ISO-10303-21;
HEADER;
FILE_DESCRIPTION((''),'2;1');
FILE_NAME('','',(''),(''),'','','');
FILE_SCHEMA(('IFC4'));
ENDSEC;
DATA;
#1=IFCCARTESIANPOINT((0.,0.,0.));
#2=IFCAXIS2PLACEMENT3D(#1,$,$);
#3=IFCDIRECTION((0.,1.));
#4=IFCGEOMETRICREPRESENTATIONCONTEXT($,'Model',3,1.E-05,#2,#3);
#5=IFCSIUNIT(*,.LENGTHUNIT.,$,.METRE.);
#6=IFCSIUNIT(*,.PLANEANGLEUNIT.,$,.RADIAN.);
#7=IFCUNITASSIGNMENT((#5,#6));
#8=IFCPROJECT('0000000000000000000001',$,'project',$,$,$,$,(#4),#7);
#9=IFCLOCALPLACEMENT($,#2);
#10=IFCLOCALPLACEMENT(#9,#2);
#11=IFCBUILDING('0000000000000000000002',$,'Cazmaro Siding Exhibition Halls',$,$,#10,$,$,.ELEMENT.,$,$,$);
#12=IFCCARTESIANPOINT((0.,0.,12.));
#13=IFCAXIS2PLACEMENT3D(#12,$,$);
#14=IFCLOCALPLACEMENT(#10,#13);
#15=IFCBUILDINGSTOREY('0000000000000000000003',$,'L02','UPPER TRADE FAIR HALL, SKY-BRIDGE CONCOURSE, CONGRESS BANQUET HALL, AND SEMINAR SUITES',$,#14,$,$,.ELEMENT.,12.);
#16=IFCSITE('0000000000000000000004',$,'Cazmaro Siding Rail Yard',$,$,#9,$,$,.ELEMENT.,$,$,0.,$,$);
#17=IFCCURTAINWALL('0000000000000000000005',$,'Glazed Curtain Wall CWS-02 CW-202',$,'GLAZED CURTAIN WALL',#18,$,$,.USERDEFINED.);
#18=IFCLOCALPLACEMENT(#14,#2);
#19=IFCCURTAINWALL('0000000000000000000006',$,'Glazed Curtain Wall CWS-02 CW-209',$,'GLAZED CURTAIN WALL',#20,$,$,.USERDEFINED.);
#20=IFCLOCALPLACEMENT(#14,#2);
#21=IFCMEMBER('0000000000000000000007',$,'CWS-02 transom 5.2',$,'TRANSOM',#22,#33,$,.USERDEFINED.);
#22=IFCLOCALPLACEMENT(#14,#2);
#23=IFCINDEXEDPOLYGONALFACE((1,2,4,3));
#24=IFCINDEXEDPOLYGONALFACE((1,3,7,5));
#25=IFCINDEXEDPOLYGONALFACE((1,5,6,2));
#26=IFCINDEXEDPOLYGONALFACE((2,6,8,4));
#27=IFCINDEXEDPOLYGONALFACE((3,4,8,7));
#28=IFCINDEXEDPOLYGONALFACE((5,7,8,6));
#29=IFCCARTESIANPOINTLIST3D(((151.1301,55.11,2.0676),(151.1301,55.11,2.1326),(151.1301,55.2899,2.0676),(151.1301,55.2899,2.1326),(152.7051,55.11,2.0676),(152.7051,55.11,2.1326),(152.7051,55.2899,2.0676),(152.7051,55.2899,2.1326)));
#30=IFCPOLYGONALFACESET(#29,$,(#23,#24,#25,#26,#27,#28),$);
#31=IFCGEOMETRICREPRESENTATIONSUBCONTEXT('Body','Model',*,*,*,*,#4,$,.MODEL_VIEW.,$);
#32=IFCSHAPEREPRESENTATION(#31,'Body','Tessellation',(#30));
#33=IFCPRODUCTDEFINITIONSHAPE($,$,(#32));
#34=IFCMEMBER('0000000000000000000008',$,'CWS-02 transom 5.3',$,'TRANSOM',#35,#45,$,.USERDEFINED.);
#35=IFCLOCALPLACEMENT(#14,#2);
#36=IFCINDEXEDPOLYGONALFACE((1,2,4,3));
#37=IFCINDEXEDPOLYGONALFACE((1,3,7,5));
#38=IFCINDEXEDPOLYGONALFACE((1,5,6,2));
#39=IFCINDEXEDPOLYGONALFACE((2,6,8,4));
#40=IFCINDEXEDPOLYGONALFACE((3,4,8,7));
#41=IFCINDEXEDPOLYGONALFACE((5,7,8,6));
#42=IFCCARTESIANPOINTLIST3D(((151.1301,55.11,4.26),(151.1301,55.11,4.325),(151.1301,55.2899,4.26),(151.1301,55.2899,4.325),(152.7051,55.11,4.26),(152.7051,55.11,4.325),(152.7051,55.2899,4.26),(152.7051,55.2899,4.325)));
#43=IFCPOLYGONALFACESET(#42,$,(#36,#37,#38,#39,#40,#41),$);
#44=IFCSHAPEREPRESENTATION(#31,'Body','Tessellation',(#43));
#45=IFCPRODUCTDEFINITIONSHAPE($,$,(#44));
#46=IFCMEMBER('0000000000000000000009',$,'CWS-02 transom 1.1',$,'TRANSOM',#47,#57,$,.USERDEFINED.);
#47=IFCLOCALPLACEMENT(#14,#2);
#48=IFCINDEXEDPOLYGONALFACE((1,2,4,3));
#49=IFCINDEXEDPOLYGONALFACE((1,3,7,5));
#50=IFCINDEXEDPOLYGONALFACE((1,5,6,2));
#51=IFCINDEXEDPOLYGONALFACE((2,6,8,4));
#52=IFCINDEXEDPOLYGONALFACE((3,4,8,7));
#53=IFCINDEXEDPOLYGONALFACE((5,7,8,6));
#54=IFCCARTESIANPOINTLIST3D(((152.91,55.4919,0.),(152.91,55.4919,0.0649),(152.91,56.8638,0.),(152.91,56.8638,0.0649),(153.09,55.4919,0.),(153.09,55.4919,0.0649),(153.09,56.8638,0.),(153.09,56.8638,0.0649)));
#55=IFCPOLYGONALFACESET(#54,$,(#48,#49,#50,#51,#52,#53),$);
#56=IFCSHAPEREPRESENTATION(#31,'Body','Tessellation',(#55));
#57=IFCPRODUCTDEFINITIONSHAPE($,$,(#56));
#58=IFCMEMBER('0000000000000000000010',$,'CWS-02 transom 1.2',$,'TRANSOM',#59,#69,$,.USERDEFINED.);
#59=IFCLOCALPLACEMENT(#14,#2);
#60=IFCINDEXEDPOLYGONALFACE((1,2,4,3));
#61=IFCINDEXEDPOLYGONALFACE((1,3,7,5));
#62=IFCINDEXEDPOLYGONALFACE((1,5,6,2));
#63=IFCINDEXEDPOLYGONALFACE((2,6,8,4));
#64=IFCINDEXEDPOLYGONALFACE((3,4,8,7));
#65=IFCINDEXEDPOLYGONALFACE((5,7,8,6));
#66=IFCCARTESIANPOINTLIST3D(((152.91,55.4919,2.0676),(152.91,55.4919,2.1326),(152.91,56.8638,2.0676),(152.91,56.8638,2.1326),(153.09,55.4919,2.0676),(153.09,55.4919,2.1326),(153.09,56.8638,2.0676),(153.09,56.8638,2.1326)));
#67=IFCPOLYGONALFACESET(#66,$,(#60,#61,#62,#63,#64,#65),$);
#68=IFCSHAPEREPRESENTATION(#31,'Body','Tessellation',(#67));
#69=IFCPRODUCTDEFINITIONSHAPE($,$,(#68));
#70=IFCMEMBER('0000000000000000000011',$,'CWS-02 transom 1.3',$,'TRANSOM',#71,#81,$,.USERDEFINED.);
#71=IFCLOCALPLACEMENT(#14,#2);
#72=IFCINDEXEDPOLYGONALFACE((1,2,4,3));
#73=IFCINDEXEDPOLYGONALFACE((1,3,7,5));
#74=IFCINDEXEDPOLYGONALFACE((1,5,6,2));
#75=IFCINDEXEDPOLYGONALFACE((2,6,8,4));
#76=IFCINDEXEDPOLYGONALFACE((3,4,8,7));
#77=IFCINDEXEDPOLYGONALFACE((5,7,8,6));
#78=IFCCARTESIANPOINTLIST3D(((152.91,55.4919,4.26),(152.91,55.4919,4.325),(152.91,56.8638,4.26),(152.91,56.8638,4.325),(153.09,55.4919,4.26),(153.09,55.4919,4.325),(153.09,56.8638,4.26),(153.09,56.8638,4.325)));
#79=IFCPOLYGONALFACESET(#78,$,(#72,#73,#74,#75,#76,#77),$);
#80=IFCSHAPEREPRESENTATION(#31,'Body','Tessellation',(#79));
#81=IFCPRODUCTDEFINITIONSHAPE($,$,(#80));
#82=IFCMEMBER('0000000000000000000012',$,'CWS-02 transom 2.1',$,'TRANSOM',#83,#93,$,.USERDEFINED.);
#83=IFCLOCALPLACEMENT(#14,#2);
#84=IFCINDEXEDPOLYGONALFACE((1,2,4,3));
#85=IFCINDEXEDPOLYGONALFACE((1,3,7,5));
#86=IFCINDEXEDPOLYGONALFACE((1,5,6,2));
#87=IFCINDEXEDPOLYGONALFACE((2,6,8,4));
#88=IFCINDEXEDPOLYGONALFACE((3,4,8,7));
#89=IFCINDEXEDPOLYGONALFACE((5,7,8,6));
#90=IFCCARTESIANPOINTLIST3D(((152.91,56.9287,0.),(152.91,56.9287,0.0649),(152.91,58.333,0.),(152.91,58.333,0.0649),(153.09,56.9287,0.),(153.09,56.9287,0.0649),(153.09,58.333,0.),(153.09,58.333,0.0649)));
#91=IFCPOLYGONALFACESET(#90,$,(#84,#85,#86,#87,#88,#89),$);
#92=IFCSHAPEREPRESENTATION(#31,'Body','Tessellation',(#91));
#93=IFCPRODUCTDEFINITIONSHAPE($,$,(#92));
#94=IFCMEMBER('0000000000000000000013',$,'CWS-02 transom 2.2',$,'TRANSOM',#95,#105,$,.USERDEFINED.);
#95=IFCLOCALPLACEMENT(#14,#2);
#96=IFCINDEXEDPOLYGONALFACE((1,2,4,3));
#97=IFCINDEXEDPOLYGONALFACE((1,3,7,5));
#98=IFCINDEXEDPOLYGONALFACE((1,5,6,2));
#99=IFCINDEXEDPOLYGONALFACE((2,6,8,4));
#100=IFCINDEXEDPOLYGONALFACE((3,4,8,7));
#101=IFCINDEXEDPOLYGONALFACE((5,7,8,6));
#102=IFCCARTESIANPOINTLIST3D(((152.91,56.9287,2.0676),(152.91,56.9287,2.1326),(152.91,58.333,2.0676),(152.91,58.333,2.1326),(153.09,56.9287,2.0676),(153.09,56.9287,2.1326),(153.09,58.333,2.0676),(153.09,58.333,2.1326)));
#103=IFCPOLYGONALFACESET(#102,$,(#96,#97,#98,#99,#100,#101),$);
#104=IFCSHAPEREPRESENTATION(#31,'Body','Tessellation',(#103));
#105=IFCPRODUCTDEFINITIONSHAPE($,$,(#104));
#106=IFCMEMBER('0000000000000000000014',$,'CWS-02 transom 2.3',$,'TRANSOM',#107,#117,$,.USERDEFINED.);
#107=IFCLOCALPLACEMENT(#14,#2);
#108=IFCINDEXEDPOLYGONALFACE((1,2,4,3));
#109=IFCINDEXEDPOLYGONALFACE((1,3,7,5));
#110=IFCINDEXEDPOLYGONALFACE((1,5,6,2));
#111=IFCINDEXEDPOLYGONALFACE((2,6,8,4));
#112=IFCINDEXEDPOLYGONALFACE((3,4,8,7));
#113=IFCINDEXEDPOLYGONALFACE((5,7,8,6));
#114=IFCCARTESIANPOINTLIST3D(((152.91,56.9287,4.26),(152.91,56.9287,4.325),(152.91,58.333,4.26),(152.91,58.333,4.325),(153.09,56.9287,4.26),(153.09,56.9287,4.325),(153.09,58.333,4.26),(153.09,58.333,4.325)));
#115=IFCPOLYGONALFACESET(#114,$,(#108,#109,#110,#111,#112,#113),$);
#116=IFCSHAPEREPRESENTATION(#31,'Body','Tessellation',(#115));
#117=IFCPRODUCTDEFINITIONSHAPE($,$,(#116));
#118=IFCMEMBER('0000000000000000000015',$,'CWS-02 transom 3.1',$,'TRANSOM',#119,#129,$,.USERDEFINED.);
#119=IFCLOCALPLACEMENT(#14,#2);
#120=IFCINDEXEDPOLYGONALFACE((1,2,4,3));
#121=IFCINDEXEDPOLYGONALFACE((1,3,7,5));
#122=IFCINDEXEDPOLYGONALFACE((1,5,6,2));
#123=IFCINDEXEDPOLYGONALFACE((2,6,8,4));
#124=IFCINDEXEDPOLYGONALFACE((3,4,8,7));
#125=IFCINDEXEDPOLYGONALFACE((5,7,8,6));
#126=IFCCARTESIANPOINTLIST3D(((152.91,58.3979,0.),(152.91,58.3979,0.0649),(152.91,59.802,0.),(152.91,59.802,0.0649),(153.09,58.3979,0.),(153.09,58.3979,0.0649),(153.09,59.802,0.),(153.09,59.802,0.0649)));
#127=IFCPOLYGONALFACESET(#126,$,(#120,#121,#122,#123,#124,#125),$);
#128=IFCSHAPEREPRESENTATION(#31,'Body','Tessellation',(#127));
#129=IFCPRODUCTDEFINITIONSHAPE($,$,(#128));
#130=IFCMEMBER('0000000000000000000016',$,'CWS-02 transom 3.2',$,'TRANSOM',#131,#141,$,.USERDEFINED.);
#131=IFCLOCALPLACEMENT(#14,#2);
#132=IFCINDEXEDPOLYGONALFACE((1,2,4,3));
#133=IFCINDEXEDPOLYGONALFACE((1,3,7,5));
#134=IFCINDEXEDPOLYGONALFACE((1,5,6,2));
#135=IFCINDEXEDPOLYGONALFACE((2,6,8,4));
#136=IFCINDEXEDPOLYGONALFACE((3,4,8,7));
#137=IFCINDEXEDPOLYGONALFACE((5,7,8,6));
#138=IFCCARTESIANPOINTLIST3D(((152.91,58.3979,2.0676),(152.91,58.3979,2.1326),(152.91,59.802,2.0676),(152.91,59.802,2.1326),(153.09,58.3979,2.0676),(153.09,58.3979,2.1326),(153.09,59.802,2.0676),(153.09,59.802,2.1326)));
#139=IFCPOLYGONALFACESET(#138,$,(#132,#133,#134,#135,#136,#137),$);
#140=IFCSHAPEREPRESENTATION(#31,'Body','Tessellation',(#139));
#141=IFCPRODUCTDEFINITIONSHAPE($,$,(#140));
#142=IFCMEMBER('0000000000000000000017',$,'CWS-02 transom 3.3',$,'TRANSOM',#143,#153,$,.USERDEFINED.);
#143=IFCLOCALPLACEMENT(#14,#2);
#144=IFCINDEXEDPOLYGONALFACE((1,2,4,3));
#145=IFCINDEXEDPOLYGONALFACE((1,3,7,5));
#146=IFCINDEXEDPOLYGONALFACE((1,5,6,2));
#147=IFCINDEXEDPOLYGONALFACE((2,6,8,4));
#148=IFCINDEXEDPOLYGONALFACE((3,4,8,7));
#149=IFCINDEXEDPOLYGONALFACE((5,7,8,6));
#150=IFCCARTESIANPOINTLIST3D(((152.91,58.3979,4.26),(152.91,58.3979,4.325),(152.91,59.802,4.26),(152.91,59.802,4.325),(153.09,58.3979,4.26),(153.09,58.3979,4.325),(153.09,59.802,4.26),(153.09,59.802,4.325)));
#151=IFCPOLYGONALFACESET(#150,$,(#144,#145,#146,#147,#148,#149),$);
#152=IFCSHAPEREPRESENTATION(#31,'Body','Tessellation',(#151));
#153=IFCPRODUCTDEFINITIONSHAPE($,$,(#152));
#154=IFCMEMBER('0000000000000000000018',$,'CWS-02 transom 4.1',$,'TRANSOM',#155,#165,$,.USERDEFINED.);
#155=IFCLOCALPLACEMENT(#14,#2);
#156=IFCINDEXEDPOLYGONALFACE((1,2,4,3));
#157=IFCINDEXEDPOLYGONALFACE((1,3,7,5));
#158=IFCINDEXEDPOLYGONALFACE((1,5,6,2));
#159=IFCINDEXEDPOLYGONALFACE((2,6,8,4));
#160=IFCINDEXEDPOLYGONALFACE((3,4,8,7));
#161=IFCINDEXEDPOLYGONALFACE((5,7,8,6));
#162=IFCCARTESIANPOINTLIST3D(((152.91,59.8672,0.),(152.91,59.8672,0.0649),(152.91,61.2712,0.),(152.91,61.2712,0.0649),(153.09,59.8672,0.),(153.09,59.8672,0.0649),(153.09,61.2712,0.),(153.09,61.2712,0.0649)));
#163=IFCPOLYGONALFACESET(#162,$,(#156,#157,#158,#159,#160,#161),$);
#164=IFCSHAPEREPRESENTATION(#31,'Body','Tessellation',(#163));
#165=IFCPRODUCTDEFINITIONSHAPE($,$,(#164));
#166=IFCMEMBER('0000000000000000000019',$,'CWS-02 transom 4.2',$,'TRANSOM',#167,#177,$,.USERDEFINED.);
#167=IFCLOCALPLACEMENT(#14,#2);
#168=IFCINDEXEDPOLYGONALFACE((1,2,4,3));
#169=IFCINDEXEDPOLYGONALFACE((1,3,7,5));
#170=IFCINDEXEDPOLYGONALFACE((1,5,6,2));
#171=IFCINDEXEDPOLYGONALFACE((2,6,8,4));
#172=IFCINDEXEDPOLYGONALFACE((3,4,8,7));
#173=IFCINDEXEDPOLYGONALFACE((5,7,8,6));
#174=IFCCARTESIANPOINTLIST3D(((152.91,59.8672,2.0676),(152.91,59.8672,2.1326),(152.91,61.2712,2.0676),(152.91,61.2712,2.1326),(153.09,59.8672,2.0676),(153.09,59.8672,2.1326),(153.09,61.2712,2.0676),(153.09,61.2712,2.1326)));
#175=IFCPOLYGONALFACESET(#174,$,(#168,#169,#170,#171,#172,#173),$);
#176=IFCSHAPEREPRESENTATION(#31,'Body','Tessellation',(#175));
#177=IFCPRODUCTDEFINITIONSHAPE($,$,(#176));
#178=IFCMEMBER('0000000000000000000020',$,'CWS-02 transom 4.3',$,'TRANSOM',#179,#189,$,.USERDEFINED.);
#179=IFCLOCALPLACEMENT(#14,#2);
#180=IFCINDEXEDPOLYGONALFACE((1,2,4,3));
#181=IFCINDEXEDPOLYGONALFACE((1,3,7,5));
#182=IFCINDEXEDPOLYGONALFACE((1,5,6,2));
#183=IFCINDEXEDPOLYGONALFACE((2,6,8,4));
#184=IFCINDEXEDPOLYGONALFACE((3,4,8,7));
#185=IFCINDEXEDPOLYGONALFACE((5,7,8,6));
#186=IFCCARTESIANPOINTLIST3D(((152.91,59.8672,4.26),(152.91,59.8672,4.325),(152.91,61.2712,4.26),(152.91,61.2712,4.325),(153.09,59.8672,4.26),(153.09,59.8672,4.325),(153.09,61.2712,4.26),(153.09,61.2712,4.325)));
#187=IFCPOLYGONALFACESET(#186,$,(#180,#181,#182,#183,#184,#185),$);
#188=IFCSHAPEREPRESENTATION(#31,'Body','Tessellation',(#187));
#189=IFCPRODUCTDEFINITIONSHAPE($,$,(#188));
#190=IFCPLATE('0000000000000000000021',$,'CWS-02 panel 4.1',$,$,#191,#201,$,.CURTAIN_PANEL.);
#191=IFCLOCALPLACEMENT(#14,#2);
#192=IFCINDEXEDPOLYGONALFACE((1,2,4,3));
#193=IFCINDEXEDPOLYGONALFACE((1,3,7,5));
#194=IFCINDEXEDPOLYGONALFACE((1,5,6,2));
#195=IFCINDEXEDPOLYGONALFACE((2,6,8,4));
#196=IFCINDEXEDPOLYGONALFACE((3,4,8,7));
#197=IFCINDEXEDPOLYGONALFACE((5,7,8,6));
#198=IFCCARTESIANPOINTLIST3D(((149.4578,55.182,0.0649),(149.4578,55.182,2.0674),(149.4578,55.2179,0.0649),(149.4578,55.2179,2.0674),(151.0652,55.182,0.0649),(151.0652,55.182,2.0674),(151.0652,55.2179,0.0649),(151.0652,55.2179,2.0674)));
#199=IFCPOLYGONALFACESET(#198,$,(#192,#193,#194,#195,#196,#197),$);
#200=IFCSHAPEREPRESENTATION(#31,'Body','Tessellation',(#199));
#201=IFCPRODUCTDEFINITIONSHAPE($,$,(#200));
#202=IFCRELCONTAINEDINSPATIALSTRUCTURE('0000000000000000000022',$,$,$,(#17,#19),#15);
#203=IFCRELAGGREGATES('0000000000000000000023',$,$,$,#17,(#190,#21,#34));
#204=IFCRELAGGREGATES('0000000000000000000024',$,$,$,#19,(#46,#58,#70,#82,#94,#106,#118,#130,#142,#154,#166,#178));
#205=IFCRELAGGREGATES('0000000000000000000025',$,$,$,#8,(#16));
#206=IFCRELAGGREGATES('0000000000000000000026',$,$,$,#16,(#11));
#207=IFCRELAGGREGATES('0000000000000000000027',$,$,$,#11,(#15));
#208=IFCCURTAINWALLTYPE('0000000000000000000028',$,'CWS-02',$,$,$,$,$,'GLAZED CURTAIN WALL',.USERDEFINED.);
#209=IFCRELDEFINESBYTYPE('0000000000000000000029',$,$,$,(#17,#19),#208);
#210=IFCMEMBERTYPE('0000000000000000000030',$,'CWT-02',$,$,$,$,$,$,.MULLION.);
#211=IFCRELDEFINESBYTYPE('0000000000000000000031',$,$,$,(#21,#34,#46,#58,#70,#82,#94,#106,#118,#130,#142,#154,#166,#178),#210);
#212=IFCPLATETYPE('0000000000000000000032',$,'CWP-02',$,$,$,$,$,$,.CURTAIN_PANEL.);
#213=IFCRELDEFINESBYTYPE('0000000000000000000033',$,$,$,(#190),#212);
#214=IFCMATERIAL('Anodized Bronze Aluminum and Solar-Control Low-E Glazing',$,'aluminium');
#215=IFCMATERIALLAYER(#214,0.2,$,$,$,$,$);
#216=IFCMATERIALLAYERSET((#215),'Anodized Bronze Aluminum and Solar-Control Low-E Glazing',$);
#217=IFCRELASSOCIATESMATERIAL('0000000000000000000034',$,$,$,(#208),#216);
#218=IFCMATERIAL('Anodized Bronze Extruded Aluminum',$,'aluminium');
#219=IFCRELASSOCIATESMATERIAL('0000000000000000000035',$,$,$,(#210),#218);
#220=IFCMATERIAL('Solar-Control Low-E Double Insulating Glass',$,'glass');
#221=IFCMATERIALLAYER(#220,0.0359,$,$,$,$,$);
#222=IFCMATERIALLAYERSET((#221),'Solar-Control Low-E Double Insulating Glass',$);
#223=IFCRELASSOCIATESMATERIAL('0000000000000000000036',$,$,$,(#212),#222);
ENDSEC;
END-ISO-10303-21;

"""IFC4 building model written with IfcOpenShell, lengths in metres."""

from ifc_helpers import new_model, si_unit, direction, frame, origin, origin_2d, place, context, subcontext, project, spatial, rectangle, extrude, material, layer, layer_set, material_profile, profile_set, type_object, element, aggregate, save


model = new_model("IFC4")

# Units and contexts
model_context = context("Model", 3, precision=1e-05, world=origin(), true_north=direction((0.0, 1.0)))
body_context = subcontext(model_context, "Body", "Model", "MODEL_VIEW")
ifc_project = project(units=[si_unit("LENGTHUNIT", "METRE"), si_unit("PLANEANGLEUNIT", "RADIAN")], contexts=[model_context])

# Site, building, storey
site_placement = place(None, origin())
site = spatial("IfcSite", under=ifc_project, at=site_placement, Name="Cazmaro Siding Rail Yard", CompositionType="ELEMENT", RefElevation=0.0)
building_placement = place(site_placement, origin())
building = spatial("IfcBuilding", under=site, at=building_placement, Name="Cazmaro Siding Exhibition Halls", CompositionType="ELEMENT")
storey_placement = place(building_placement, frame((0.0, 0.0, 12.0)))
storey = spatial("IfcBuildingStorey", under=building, at=storey_placement, Name="L02", Description="UPPER TRADE FAIR HALL, SKY-BRIDGE CONCOURSE, CONGRESS BANQUET HALL, AND SEMINAR SUITES", CompositionType="ELEMENT", Elevation=12.0)

# Curtain walls
ifc_material_1 = material(Name="Anodized Bronze Aluminum and Solar-Control Low-E Glazing", Category="aluminium")
ifc_layer_1 = layer(ifc_material_1, 0.2)
ifc_layer_set_1 = layer_set([ifc_layer_1], Name="Anodized Bronze Aluminum and Solar-Control Low-E Glazing")
curtain_wall_type = type_object("IfcCurtainWallType", Name="CWS-02", ElementType="GLAZED CURTAIN WALL", PredefinedType="USERDEFINED", material=ifc_layer_set_1)
curtain_wall_1_placement = place(storey_placement, origin())
curtain_wall_1 = element("IfcCurtainWall", 1, at=curtain_wall_1_placement, inside=storey, type_object=curtain_wall_type, Name="Glazed Curtain Wall CWS-02 CW-202", ObjectType="GLAZED CURTAIN WALL", PredefinedType="USERDEFINED")
curtain_wall_2_placement = place(storey_placement, origin())
curtain_wall_2 = element("IfcCurtainWall", 2, at=curtain_wall_2_placement, inside=storey, type_object=curtain_wall_type, Name="Glazed Curtain Wall CWS-02 CW-209", ObjectType="GLAZED CURTAIN WALL", PredefinedType="USERDEFINED")

# Members
ifc_material_2 = material(Name="Anodized Bronze Extruded Aluminum", Category="aluminium")
ifc_material_profile_1 = material_profile(ifc_material_2, rectangle(XDim=0.1799, YDim=0.0649, at=origin_2d()), Name="CWT-02")
ifc_profile_set_1 = profile_set([ifc_material_profile_1], Name="Anodized Bronze Extruded Aluminum")
member_type_1 = type_object("IfcMemberType", Name="CWT-02", PredefinedType="MULLION", material=ifc_profile_set_1)
member_1_placement = place(storey_placement, frame((151.1301, 55.2, 2.1001), z_axis=(1.0, 0.0, 0.0), x_axis=(0.0, 1.0, 0.0)))
member_1 = element("IfcMember", 3, at=member_1_placement, type_object=member_type_1, Name="CWS-02 transom 5.2", ObjectType="TRANSOM", PredefinedType="USERDEFINED", context=body_context, shape_type="SweptSolid", body=[
    extrude(rectangle(XDim=0.1799, YDim=0.0649, at=origin_2d()), origin(), (0.0, 0.0, 1.0), 1.575),
])
member_2_placement = place(storey_placement, frame((151.1301, 55.2, 4.2925), z_axis=(1.0, 0.0, 0.0), x_axis=(0.0, 1.0, 0.0)))
member_2 = element("IfcMember", 4, at=member_2_placement, type_object=member_type_1, Name="CWS-02 transom 5.3", ObjectType="TRANSOM", PredefinedType="USERDEFINED", context=body_context, shape_type="SweptSolid", body=[
    extrude(rectangle(XDim=0.1799, YDim=0.0649, at=origin_2d()), origin(), (0.0, 0.0, 1.0), 1.575),
])
member_3_placement = place(storey_placement, frame((153.0, 55.4919, 0.0325), z_axis=(0.0, 1.0, 0.0), x_axis=(-1.0, 0.0, 0.0)))
member_3 = element("IfcMember", 5, at=member_3_placement, type_object=member_type_1, Name="CWS-02 transom 1.1", ObjectType="TRANSOM", PredefinedType="USERDEFINED", context=body_context, shape_type="SweptSolid", body=[
    extrude(rectangle(XDim=0.1799, YDim=0.0649, at=origin_2d()), origin(), (0.0, 0.0, 1.0), 1.3718),
])
member_4_placement = place(storey_placement, frame((153.0, 55.4919, 2.1001), z_axis=(0.0, 1.0, 0.0), x_axis=(-1.0, 0.0, 0.0)))
member_4 = element("IfcMember", 6, at=member_4_placement, type_object=member_type_1, Name="CWS-02 transom 1.2", ObjectType="TRANSOM", PredefinedType="USERDEFINED", context=body_context, shape_type="SweptSolid", body=[
    extrude(rectangle(XDim=0.1799, YDim=0.0649, at=origin_2d()), origin(), (0.0, 0.0, 1.0), 1.3718),
])
member_5_placement = place(storey_placement, frame((153.0, 55.4919, 4.2925), z_axis=(0.0, 1.0, 0.0), x_axis=(-1.0, 0.0, 0.0)))
member_5 = element("IfcMember", 7, at=member_5_placement, type_object=member_type_1, Name="CWS-02 transom 1.3", ObjectType="TRANSOM", PredefinedType="USERDEFINED", context=body_context, shape_type="SweptSolid", body=[
    extrude(rectangle(XDim=0.1799, YDim=0.0649, at=origin_2d()), origin(), (0.0, 0.0, 1.0), 1.3718),
])
member_6_placement = place(storey_placement, frame((153.0, 56.9287, 0.0325), z_axis=(0.0, 1.0, 0.0), x_axis=(-1.0, 0.0, 0.0)))
member_6 = element("IfcMember", 8, at=member_6_placement, type_object=member_type_1, Name="CWS-02 transom 2.1", ObjectType="TRANSOM", PredefinedType="USERDEFINED", context=body_context, shape_type="SweptSolid", body=[
    extrude(rectangle(XDim=0.1799, YDim=0.0649, at=origin_2d()), origin(), (0.0, 0.0, 1.0), 1.4043),
])
member_7_placement = place(storey_placement, frame((153.0, 56.9287, 2.1001), z_axis=(0.0, 1.0, 0.0), x_axis=(-1.0, 0.0, 0.0)))
member_7 = element("IfcMember", 9, at=member_7_placement, type_object=member_type_1, Name="CWS-02 transom 2.2", ObjectType="TRANSOM", PredefinedType="USERDEFINED", context=body_context, shape_type="SweptSolid", body=[
    extrude(rectangle(XDim=0.1799, YDim=0.0649, at=origin_2d()), origin(), (0.0, 0.0, 1.0), 1.4043),
])
member_8_placement = place(storey_placement, frame((153.0, 56.9287, 4.2925), z_axis=(0.0, 1.0, 0.0), x_axis=(-1.0, 0.0, 0.0)))
member_8 = element("IfcMember", 10, at=member_8_placement, type_object=member_type_1, Name="CWS-02 transom 2.3", ObjectType="TRANSOM", PredefinedType="USERDEFINED", context=body_context, shape_type="SweptSolid", body=[
    extrude(rectangle(XDim=0.1799, YDim=0.0649, at=origin_2d()), origin(), (0.0, 0.0, 1.0), 1.4043),
])
member_9_placement = place(storey_placement, frame((153.0, 58.3979, 0.0325), z_axis=(0.0, 1.0, 0.0), x_axis=(-1.0, 0.0, 0.0)))
member_9 = element("IfcMember", 11, at=member_9_placement, type_object=member_type_1, Name="CWS-02 transom 3.1", ObjectType="TRANSOM", PredefinedType="USERDEFINED", context=body_context, shape_type="SweptSolid", body=[
    extrude(rectangle(XDim=0.1799, YDim=0.0649, at=origin_2d()), origin(), (0.0, 0.0, 1.0), 1.4041),
])
member_10_placement = place(storey_placement, frame((153.0, 58.3979, 2.1001), z_axis=(0.0, 1.0, 0.0), x_axis=(-1.0, 0.0, 0.0)))
member_10 = element("IfcMember", 12, at=member_10_placement, type_object=member_type_1, Name="CWS-02 transom 3.2", ObjectType="TRANSOM", PredefinedType="USERDEFINED", context=body_context, shape_type="SweptSolid", body=[
    extrude(rectangle(XDim=0.1799, YDim=0.0649, at=origin_2d()), origin(), (0.0, 0.0, 1.0), 1.4041),
])
member_11_placement = place(storey_placement, frame((153.0, 58.3979, 4.2925), z_axis=(0.0, 1.0, 0.0), x_axis=(-1.0, 0.0, 0.0)))
member_11 = element("IfcMember", 13, at=member_11_placement, type_object=member_type_1, Name="CWS-02 transom 3.3", ObjectType="TRANSOM", PredefinedType="USERDEFINED", context=body_context, shape_type="SweptSolid", body=[
    extrude(rectangle(XDim=0.1799, YDim=0.0649, at=origin_2d()), origin(), (0.0, 0.0, 1.0), 1.4041),
])
member_12_placement = place(storey_placement, frame((153.0, 59.8672, 0.0325), z_axis=(0.0, 1.0, 0.0), x_axis=(-1.0, 0.0, 0.0)))
member_12 = element("IfcMember", 14, at=member_12_placement, type_object=member_type_1, Name="CWS-02 transom 4.1", ObjectType="TRANSOM", PredefinedType="USERDEFINED", context=body_context, shape_type="SweptSolid", body=[
    extrude(rectangle(XDim=0.1799, YDim=0.0649, at=origin_2d()), origin(), (0.0, 0.0, 1.0), 1.4041),
])
member_13_placement = place(storey_placement, frame((153.0, 59.8672, 2.1001), z_axis=(0.0, 1.0, 0.0), x_axis=(-1.0, 0.0, 0.0)))
member_13 = element("IfcMember", 15, at=member_13_placement, type_object=member_type_1, Name="CWS-02 transom 4.2", ObjectType="TRANSOM", PredefinedType="USERDEFINED", context=body_context, shape_type="SweptSolid", body=[
    extrude(rectangle(XDim=0.1799, YDim=0.0649, at=origin_2d()), origin(), (0.0, 0.0, 1.0), 1.4041),
])
member_14_placement = place(storey_placement, frame((153.0, 59.8672, 4.2925), z_axis=(0.0, 1.0, 0.0), x_axis=(-1.0, 0.0, 0.0)))
member_14 = element("IfcMember", 16, at=member_14_placement, type_object=member_type_1, Name="CWS-02 transom 4.3", ObjectType="TRANSOM", PredefinedType="USERDEFINED", context=body_context, shape_type="SweptSolid", body=[
    extrude(rectangle(XDim=0.1799, YDim=0.0649, at=origin_2d()), origin(), (0.0, 0.0, 1.0), 1.4041),
])

# Plate
ifc_material_3 = material(Name="Solar-Control Low-E Double Insulating Glass", Category="glass")
ifc_layer_2 = layer(ifc_material_3, 0.0359)
ifc_layer_set_2 = layer_set([ifc_layer_2], Name="Solar-Control Low-E Double Insulating Glass")
plate_type = type_object("IfcPlateType", Name="CWP-02", PredefinedType="CURTAIN_PANEL", material=ifc_layer_set_2)
plate_1_placement = place(storey_placement, frame((150.2615, 55.2, 0.0649), z_axis=(0.0, 0.0, 1.0), x_axis=(1.0, 0.0, 0.0)))
plate_1 = element("IfcPlate", 17, at=plate_1_placement, type_object=plate_type, Name="CWS-02 panel 4.1", PredefinedType="CURTAIN_PANEL", context=body_context, shape_type="SweptSolid", body=[
    extrude(rectangle(XDim=1.6074, YDim=0.0359, at=origin_2d()), origin(), (0.0, 0.0, 1.0), 2.0024),
])
aggregate(curtain_wall_1, [plate_1, member_1, member_2])
aggregate(curtain_wall_2, [member_3, member_4, member_5, member_6, member_7, member_8, member_9, member_10, member_11, member_12, member_13, member_14])

save(model, "model.ifc")
